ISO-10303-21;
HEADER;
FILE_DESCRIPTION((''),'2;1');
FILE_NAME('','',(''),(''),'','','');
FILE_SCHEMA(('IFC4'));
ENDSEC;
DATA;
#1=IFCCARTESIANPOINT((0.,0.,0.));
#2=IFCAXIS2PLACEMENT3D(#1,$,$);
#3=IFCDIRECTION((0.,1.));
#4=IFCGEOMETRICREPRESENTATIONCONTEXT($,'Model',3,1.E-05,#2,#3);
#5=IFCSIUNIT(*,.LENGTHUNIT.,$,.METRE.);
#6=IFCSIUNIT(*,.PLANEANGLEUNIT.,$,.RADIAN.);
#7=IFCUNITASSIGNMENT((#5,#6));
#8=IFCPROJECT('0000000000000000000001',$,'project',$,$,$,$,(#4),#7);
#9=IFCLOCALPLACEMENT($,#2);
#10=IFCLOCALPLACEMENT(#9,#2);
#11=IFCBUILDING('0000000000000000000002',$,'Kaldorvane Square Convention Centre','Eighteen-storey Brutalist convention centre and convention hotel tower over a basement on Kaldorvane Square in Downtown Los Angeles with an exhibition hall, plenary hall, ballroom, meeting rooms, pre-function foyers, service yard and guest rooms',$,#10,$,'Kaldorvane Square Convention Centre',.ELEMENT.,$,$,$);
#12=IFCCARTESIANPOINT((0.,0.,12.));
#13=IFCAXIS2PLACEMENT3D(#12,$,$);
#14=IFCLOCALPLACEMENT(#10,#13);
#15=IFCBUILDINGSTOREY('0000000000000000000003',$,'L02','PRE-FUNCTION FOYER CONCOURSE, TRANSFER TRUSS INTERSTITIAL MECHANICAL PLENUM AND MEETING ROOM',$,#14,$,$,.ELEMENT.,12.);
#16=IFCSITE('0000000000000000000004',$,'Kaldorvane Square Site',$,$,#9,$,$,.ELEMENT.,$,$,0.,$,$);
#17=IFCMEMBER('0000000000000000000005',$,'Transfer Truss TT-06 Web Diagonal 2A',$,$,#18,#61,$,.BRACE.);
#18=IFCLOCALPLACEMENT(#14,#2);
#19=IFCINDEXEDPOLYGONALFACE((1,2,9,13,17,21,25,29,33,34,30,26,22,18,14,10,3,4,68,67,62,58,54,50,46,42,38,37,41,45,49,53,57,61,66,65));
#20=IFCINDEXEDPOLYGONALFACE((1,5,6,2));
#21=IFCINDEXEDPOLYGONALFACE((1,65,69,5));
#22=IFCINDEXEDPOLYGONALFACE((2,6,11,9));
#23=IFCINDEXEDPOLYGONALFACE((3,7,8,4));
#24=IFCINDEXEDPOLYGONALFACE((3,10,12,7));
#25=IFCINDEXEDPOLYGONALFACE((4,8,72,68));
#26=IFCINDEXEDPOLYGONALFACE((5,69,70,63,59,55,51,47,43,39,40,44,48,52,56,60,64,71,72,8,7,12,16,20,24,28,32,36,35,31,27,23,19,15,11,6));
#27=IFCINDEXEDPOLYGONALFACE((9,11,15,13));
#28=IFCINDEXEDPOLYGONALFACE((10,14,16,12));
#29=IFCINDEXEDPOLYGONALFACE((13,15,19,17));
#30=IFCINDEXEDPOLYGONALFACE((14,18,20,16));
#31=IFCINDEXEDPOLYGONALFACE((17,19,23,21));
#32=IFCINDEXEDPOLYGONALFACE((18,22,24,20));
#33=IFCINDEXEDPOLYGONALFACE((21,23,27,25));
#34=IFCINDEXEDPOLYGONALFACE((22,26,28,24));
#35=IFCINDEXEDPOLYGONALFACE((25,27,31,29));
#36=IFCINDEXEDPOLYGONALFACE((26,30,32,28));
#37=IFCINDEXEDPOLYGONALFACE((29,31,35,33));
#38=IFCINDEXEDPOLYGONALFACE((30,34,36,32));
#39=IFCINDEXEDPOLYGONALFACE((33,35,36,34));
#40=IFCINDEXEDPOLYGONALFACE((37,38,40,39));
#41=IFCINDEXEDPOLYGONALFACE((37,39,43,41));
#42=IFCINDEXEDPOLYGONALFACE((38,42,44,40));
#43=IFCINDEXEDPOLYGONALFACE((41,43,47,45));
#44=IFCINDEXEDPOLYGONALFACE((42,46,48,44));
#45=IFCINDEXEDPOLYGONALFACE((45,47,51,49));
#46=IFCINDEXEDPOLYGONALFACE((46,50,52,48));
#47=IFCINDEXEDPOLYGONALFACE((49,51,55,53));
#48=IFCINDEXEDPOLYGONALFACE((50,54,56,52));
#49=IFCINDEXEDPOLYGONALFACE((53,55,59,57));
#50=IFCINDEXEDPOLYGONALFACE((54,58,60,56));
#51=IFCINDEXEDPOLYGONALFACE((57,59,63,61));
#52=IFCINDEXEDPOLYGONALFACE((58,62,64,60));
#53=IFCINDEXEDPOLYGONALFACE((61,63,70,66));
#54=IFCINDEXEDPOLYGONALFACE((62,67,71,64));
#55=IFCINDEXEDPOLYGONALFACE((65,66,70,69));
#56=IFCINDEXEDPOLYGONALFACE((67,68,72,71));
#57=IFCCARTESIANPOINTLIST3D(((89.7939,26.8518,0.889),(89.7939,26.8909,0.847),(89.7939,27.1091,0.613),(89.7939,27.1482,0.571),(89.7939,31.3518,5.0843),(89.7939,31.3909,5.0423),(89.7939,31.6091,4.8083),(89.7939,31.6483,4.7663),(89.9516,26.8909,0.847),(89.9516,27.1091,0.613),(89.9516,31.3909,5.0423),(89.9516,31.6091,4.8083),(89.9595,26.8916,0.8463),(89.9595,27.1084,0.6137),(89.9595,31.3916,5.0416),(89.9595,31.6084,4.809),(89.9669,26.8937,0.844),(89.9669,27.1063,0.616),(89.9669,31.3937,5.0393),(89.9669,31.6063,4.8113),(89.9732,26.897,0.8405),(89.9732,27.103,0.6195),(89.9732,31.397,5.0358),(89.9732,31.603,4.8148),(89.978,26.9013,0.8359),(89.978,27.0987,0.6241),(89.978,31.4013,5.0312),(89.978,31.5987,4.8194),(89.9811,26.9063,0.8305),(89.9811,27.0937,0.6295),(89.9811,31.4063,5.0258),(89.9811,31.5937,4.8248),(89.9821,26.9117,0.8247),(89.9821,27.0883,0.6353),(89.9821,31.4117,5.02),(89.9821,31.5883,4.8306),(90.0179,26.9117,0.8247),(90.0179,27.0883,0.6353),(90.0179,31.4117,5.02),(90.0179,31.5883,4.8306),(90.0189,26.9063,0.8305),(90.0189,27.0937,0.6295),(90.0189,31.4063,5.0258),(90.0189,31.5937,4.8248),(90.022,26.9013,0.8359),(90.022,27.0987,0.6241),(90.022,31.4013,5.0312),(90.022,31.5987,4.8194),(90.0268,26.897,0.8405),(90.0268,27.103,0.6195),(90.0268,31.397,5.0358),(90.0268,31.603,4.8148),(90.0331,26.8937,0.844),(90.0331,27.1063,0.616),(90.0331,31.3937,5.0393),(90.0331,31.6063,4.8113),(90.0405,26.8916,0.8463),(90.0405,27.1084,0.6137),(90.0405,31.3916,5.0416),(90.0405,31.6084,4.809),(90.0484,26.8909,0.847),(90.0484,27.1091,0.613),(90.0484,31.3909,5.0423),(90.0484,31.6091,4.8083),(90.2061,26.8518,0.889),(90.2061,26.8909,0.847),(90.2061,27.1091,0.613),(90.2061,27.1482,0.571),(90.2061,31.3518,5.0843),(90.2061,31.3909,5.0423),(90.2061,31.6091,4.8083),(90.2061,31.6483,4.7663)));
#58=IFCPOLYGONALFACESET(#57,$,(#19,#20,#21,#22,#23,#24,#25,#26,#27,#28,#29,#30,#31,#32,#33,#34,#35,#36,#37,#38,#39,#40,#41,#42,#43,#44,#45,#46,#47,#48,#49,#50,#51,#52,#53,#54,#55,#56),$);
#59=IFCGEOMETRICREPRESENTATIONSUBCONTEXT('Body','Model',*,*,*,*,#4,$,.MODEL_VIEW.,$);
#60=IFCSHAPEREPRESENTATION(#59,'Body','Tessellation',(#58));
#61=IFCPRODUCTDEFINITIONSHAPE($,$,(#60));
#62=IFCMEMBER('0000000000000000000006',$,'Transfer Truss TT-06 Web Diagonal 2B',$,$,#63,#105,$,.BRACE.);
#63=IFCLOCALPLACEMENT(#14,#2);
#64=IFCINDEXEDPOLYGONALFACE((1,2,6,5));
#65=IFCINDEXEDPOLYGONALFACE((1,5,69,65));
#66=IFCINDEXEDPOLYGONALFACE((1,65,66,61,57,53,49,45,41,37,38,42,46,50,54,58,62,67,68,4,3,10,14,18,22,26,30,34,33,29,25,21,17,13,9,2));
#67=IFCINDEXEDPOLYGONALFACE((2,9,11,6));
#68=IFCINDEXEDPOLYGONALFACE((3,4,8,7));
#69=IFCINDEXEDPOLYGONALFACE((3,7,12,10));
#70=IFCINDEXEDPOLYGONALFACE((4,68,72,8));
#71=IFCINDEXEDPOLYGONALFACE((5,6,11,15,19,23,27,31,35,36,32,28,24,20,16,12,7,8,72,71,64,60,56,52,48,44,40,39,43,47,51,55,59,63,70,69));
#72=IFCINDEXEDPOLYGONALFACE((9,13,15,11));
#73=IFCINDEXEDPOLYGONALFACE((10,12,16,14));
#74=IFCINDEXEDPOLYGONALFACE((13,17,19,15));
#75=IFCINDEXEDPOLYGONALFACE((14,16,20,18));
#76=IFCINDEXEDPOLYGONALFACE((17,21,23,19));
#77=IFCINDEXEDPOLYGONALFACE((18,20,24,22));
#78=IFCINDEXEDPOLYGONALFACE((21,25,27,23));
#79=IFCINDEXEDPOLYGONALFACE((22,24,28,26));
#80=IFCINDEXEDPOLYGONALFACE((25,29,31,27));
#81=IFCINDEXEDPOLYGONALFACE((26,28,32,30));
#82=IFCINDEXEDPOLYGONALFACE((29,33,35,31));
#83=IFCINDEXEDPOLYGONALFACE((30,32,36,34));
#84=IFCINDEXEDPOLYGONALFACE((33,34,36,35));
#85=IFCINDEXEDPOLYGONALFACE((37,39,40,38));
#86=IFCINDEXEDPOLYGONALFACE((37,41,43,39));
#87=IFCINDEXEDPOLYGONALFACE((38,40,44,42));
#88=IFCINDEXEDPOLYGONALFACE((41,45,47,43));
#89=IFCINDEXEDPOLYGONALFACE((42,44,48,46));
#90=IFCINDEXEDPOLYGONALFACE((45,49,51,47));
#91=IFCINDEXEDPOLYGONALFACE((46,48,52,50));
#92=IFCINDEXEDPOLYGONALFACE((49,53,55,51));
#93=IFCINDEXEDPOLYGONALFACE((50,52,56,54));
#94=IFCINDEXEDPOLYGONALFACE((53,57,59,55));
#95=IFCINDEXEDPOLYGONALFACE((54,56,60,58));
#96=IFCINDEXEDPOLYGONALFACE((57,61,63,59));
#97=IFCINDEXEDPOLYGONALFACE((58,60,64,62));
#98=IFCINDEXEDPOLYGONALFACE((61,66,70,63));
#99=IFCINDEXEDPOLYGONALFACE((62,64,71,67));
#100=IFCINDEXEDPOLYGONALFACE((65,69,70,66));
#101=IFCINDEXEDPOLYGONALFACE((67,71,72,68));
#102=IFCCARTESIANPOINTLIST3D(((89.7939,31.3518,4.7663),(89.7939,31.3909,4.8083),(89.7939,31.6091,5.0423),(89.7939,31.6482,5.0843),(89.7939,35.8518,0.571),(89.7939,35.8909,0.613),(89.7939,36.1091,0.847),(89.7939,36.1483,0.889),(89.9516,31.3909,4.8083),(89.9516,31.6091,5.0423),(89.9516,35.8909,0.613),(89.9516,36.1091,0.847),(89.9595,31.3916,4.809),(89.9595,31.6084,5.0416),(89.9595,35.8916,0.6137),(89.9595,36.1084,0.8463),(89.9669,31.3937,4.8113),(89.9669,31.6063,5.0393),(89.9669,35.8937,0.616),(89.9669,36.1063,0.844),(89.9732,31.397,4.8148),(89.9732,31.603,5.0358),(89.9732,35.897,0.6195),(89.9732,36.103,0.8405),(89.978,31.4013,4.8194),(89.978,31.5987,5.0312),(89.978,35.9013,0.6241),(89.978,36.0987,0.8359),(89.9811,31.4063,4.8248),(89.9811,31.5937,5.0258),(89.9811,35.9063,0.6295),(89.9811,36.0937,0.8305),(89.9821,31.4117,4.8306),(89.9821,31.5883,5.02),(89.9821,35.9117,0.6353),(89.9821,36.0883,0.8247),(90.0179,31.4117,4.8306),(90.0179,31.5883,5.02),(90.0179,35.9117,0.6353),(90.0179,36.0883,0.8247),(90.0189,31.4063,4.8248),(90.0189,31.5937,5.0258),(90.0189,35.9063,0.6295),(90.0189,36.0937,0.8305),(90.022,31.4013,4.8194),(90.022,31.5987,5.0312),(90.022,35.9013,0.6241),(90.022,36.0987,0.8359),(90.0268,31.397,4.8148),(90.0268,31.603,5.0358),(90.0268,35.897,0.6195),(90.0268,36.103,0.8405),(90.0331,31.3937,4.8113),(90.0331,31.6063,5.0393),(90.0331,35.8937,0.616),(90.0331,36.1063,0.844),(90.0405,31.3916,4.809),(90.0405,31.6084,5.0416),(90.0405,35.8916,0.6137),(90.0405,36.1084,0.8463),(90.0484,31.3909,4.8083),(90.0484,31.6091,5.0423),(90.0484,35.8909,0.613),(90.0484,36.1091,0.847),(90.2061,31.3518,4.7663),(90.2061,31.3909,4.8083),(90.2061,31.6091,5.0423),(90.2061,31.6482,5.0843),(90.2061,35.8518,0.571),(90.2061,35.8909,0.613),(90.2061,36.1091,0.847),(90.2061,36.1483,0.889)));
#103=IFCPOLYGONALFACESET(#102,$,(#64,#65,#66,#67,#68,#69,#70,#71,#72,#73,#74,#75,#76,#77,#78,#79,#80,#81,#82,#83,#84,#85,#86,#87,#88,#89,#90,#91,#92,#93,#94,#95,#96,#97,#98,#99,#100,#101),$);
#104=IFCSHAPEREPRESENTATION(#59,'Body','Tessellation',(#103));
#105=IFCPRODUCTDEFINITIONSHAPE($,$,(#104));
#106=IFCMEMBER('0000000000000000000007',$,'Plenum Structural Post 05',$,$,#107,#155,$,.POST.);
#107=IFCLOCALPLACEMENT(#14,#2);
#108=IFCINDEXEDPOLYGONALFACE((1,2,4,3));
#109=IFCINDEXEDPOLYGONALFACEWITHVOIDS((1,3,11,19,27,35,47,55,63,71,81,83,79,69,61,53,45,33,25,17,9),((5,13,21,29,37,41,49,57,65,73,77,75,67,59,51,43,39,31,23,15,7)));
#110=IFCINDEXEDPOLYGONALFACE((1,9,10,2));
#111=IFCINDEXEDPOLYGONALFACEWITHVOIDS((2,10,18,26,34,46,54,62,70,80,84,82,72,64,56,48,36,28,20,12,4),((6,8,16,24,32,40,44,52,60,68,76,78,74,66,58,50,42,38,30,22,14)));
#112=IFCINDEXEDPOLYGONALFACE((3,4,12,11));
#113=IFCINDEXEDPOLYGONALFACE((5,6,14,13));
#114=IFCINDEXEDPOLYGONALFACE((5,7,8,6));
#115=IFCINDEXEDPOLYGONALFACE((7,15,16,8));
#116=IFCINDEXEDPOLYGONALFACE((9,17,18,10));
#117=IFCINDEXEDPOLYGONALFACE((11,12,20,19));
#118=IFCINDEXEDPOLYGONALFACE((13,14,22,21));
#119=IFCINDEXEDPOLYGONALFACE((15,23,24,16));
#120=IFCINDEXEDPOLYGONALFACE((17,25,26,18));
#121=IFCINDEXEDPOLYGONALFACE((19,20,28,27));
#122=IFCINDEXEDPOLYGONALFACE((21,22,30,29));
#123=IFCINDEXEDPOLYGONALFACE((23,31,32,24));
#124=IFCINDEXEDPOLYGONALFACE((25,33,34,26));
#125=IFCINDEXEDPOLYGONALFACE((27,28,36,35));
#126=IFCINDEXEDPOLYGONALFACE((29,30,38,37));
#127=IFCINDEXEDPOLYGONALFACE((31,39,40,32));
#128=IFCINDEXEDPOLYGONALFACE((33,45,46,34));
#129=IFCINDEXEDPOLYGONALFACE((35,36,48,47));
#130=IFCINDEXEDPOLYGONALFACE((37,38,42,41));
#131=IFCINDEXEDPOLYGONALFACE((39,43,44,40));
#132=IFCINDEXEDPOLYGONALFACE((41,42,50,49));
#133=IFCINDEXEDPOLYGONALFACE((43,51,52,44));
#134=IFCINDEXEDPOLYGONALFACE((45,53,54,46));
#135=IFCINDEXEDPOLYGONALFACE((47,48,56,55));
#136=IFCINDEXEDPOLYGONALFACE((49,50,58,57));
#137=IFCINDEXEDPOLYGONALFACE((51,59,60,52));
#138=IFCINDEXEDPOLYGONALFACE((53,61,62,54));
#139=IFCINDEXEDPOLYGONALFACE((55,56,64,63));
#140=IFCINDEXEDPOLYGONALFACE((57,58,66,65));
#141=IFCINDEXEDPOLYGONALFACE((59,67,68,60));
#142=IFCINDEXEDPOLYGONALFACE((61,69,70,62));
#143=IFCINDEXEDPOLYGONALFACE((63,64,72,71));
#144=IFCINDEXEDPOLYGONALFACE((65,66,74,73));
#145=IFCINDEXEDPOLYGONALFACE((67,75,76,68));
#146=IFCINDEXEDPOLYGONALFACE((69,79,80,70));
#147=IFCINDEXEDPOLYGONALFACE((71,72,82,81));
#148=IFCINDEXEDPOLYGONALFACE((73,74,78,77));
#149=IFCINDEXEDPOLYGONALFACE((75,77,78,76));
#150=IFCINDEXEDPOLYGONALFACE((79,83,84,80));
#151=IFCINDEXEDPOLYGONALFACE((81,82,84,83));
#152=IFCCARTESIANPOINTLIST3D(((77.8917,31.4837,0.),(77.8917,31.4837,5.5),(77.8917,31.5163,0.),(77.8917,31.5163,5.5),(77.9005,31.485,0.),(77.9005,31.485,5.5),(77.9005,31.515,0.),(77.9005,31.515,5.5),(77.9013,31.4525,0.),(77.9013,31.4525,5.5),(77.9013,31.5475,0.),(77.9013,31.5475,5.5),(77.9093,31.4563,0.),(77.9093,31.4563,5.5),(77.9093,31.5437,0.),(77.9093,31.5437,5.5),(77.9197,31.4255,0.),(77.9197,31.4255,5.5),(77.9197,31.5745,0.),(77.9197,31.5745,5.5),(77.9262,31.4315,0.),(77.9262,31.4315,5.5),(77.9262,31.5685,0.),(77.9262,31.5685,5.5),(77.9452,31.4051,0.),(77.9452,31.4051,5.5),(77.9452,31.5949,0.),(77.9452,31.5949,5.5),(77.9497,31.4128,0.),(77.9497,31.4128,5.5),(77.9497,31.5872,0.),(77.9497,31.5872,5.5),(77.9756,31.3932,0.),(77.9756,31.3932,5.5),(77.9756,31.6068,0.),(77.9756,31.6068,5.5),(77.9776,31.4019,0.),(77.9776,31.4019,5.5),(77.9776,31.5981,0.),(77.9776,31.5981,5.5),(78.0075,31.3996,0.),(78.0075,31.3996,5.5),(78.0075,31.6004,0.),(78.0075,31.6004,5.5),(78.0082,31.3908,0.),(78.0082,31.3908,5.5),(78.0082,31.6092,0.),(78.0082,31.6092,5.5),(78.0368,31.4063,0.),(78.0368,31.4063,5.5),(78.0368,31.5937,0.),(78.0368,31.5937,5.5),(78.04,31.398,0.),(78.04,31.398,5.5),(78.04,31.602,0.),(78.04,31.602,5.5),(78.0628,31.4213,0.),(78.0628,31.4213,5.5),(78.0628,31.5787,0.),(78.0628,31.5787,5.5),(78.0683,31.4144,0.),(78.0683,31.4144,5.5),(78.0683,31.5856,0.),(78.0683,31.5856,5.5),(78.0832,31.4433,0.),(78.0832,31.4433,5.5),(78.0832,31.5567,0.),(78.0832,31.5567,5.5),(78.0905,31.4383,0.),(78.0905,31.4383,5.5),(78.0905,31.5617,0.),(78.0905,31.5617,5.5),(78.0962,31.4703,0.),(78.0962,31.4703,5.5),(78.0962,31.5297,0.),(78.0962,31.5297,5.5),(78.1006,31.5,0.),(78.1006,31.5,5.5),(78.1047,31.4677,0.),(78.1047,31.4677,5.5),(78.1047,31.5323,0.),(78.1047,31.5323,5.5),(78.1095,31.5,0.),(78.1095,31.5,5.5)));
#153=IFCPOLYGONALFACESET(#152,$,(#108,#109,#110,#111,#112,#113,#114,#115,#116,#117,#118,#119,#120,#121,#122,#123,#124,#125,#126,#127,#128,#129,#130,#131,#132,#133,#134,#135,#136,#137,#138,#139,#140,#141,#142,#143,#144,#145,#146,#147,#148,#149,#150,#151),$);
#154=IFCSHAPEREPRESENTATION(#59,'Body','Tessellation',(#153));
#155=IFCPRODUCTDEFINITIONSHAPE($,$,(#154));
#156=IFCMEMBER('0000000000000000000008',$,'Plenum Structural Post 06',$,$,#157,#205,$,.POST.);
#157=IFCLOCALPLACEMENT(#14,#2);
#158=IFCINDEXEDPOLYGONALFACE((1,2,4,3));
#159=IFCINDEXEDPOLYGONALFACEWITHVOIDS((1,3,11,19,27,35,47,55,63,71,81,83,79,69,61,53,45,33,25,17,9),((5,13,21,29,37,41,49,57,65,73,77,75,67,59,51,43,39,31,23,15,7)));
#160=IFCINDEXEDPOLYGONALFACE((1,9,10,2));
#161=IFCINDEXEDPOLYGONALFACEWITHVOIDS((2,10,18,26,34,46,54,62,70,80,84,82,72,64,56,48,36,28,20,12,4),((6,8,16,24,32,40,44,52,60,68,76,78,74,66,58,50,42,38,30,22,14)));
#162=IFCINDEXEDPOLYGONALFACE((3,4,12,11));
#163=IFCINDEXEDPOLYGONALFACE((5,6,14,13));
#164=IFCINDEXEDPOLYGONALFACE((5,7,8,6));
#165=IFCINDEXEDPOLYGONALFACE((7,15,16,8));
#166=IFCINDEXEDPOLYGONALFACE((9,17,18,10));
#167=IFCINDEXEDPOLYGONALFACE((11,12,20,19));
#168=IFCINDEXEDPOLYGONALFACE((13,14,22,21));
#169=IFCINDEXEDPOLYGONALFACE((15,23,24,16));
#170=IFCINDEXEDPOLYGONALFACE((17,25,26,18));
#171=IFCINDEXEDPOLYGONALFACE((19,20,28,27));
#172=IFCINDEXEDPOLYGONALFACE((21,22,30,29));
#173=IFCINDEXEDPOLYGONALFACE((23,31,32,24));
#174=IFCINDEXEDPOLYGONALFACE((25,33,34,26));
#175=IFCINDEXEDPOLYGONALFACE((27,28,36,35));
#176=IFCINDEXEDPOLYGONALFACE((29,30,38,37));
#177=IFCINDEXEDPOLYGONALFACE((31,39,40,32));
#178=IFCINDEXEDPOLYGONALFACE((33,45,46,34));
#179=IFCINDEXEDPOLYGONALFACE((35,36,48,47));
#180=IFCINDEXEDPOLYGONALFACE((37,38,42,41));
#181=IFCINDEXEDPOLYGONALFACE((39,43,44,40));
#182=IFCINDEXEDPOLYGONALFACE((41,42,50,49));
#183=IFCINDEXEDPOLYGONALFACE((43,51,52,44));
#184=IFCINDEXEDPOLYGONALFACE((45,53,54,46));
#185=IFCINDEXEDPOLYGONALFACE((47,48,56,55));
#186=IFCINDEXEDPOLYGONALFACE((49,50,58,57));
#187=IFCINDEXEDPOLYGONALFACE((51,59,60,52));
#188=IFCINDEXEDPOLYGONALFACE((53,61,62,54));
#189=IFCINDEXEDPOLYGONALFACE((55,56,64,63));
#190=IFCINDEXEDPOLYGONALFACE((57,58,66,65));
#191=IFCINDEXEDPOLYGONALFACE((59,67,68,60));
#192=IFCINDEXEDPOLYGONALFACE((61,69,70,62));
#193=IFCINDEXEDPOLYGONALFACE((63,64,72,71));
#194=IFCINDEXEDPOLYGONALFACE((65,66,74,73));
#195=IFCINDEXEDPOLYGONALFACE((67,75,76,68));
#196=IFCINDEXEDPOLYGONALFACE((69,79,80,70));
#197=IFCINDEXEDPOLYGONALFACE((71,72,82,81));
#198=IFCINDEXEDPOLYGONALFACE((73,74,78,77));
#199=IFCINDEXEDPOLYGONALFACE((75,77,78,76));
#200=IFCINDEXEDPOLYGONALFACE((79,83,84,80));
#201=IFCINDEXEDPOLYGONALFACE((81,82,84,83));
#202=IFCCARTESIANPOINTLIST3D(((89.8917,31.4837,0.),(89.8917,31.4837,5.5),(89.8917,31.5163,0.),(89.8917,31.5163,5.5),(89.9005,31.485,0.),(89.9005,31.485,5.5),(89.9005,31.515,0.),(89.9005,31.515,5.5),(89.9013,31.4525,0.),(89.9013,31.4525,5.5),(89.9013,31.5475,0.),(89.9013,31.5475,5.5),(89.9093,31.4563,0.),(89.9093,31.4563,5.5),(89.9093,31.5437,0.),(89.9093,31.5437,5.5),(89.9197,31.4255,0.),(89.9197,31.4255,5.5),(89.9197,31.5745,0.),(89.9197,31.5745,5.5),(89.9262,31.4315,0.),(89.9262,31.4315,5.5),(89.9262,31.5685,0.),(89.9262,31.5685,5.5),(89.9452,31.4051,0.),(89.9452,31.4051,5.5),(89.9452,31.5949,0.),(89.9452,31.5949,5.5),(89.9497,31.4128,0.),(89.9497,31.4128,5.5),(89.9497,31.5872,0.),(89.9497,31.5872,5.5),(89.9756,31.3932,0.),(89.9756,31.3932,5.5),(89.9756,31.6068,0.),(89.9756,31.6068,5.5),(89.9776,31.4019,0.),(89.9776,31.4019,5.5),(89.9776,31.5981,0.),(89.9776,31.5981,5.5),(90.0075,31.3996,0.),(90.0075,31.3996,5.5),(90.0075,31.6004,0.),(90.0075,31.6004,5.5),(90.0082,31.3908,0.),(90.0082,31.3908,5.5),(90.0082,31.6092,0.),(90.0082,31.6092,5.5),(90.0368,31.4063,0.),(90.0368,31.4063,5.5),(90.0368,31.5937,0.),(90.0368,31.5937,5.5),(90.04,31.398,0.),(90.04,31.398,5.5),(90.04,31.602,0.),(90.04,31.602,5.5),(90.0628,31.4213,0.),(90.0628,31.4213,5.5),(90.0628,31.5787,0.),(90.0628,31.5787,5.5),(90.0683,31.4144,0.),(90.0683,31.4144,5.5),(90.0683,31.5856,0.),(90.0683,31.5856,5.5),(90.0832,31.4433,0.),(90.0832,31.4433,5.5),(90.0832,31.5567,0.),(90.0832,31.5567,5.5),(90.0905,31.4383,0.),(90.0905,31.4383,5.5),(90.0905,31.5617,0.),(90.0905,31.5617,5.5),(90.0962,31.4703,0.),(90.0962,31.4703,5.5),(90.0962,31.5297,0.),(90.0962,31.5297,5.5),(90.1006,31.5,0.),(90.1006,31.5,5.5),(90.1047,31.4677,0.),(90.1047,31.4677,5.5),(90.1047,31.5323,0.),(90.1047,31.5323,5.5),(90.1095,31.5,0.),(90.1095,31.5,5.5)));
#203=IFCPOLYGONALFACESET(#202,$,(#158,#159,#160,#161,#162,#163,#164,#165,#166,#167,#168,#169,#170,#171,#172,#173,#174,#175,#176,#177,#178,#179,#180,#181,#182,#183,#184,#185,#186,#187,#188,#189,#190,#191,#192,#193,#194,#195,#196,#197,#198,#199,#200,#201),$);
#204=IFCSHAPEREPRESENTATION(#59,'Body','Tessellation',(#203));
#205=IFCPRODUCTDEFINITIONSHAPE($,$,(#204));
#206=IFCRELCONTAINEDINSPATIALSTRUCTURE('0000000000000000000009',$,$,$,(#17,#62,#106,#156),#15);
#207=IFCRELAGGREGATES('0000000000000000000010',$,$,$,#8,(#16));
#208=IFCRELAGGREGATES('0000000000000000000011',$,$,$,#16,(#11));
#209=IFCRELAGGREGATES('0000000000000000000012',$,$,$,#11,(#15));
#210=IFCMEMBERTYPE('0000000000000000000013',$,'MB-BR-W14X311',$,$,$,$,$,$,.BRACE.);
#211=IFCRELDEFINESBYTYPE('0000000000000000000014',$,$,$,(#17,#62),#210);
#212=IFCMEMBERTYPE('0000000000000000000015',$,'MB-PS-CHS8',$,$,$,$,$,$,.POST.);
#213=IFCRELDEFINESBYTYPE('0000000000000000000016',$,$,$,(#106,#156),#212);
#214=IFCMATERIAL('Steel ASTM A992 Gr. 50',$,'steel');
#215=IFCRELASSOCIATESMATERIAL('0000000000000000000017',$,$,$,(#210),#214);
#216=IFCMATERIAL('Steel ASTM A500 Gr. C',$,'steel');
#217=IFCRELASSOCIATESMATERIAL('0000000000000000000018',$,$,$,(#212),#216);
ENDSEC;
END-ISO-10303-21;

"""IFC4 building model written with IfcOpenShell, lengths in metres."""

from ifc_helpers import new_model, si_unit, direction, frame, origin, origin_2d, place, context, subcontext, project, spatial, hollow_circle, i_section, extrude, material, material_profile, profile_set, type_object, element, save


model = new_model("IFC4")

# Units and contexts
model_context = context("Model", 3, precision=1e-05, world=origin(), true_north=direction((0.0, 1.0)))
body_context = subcontext(model_context, "Body", "Model", "MODEL_VIEW")
ifc_project = project(units=[si_unit("LENGTHUNIT", "METRE"), si_unit("PLANEANGLEUNIT", "RADIAN")], contexts=[model_context])

# Site, building, storey
site_placement = place(None, origin())
site = spatial("IfcSite", under=ifc_project, at=site_placement, Name="Kaldorvane Square Site", CompositionType="ELEMENT", RefElevation=0.0)
building_placement = place(site_placement, origin())
building = spatial("IfcBuilding", under=site, at=building_placement, Name="Kaldorvane Square Convention Centre", Description="Eighteen-storey Brutalist convention centre and convention hotel tower over a basement on Kaldorvane Square in Downtown Los Angeles with an exhibition hall, plenary hall, ballroom, meeting rooms, pre-function foyers, service yard and guest rooms", LongName="Kaldorvane Square Convention Centre", CompositionType="ELEMENT")
storey_placement = place(building_placement, frame((0.0, 0.0, 12.0)))
storey = spatial("IfcBuildingStorey", under=building, at=storey_placement, Name="L02", Description="PRE-FUNCTION FOYER CONCOURSE, TRANSFER TRUSS INTERSTITIAL MECHANICAL PLENUM AND MEETING ROOM", CompositionType="ELEMENT", Elevation=12.0)

# Shared definitions
ifc_material_1 = material(Name="Steel ASTM A992 Gr. 50", Category="steel")

# Members
ifc_material_profile_1 = material_profile(ifc_material_1, i_section(OverallWidth=0.4122, OverallDepth=0.4348, WebThickness=0.0358, FlangeThickness=0.0574, FilletRadius=0.0305, at=origin_2d()), Name="W14X311")
ifc_profile_set_1 = profile_set([ifc_material_profile_1], Name="Steel ASTM A992 Gr. 50")
member_type_1 = type_object("IfcMemberType", Name="MB-BR-W14X311", PredefinedType="BRACE", material=ifc_profile_set_1)
for number, where, z_axis, x_axis, name in (
    (1, (90.0, 27.0, 0.73), (0.0, 0.731436, 0.68191), (-1.0, 0.0, 0.0), "Transfer Truss TT-06 Web Diagonal 2A"),
    (2, (90.0, 31.5, 4.9253), (0.0, 0.731436, -0.68191), (-1.0, 0.0, 0.0), "Transfer Truss TT-06 Web Diagonal 2B"),
):
    element("IfcMember", number, at=place(storey_placement, frame(where, z_axis=z_axis, x_axis=x_axis)), inside=storey, type_object=member_type_1, Name=name, PredefinedType="BRACE", context=body_context, shape_type="SweptSolid", body=[
        extrude(i_section(OverallWidth=0.4122, OverallDepth=0.4348, WebThickness=0.0358, FlangeThickness=0.0574, FilletRadius=0.0305, at=origin_2d()), origin(), (0.0, 0.0, 1.0), 6.1523),
    ])
ifc_material_2 = material(Name="Steel ASTM A500 Gr. C", Category="steel")
ifc_material_profile_2 = material_profile(ifc_material_2, hollow_circle(Radius=0.1095, WallThickness=0.0089, at=origin_2d()), Name="HSS8.625X0.375")
ifc_profile_set_2 = profile_set([ifc_material_profile_2], Name="Steel ASTM A500 Gr. C")
member_type_2 = type_object("IfcMemberType", Name="MB-PS-CHS8", PredefinedType="POST", material=ifc_profile_set_2)
for number, where, z_axis, x_axis, name in (
    (3, (78.0, 31.5, 0.0), (0.0, 0.0, 1.0), (1.0, 0.0, 0.0), "Plenum Structural Post 05"),
    (4, (90.0, 31.5, 0.0), (0.0, 0.0, 1.0), (1.0, 0.0, 0.0), "Plenum Structural Post 06"),
):
    element("IfcMember", number, at=place(storey_placement, frame(where, z_axis=z_axis, x_axis=x_axis)), inside=storey, type_object=member_type_2, Name=name, PredefinedType="POST", context=body_context, shape_type="SweptSolid", body=[
        extrude(hollow_circle(Radius=0.1095, WallThickness=0.0089, at=origin_2d()), origin(), (0.0, 0.0, 1.0), 5.5),
    ])

save(model, "model.ifc")
